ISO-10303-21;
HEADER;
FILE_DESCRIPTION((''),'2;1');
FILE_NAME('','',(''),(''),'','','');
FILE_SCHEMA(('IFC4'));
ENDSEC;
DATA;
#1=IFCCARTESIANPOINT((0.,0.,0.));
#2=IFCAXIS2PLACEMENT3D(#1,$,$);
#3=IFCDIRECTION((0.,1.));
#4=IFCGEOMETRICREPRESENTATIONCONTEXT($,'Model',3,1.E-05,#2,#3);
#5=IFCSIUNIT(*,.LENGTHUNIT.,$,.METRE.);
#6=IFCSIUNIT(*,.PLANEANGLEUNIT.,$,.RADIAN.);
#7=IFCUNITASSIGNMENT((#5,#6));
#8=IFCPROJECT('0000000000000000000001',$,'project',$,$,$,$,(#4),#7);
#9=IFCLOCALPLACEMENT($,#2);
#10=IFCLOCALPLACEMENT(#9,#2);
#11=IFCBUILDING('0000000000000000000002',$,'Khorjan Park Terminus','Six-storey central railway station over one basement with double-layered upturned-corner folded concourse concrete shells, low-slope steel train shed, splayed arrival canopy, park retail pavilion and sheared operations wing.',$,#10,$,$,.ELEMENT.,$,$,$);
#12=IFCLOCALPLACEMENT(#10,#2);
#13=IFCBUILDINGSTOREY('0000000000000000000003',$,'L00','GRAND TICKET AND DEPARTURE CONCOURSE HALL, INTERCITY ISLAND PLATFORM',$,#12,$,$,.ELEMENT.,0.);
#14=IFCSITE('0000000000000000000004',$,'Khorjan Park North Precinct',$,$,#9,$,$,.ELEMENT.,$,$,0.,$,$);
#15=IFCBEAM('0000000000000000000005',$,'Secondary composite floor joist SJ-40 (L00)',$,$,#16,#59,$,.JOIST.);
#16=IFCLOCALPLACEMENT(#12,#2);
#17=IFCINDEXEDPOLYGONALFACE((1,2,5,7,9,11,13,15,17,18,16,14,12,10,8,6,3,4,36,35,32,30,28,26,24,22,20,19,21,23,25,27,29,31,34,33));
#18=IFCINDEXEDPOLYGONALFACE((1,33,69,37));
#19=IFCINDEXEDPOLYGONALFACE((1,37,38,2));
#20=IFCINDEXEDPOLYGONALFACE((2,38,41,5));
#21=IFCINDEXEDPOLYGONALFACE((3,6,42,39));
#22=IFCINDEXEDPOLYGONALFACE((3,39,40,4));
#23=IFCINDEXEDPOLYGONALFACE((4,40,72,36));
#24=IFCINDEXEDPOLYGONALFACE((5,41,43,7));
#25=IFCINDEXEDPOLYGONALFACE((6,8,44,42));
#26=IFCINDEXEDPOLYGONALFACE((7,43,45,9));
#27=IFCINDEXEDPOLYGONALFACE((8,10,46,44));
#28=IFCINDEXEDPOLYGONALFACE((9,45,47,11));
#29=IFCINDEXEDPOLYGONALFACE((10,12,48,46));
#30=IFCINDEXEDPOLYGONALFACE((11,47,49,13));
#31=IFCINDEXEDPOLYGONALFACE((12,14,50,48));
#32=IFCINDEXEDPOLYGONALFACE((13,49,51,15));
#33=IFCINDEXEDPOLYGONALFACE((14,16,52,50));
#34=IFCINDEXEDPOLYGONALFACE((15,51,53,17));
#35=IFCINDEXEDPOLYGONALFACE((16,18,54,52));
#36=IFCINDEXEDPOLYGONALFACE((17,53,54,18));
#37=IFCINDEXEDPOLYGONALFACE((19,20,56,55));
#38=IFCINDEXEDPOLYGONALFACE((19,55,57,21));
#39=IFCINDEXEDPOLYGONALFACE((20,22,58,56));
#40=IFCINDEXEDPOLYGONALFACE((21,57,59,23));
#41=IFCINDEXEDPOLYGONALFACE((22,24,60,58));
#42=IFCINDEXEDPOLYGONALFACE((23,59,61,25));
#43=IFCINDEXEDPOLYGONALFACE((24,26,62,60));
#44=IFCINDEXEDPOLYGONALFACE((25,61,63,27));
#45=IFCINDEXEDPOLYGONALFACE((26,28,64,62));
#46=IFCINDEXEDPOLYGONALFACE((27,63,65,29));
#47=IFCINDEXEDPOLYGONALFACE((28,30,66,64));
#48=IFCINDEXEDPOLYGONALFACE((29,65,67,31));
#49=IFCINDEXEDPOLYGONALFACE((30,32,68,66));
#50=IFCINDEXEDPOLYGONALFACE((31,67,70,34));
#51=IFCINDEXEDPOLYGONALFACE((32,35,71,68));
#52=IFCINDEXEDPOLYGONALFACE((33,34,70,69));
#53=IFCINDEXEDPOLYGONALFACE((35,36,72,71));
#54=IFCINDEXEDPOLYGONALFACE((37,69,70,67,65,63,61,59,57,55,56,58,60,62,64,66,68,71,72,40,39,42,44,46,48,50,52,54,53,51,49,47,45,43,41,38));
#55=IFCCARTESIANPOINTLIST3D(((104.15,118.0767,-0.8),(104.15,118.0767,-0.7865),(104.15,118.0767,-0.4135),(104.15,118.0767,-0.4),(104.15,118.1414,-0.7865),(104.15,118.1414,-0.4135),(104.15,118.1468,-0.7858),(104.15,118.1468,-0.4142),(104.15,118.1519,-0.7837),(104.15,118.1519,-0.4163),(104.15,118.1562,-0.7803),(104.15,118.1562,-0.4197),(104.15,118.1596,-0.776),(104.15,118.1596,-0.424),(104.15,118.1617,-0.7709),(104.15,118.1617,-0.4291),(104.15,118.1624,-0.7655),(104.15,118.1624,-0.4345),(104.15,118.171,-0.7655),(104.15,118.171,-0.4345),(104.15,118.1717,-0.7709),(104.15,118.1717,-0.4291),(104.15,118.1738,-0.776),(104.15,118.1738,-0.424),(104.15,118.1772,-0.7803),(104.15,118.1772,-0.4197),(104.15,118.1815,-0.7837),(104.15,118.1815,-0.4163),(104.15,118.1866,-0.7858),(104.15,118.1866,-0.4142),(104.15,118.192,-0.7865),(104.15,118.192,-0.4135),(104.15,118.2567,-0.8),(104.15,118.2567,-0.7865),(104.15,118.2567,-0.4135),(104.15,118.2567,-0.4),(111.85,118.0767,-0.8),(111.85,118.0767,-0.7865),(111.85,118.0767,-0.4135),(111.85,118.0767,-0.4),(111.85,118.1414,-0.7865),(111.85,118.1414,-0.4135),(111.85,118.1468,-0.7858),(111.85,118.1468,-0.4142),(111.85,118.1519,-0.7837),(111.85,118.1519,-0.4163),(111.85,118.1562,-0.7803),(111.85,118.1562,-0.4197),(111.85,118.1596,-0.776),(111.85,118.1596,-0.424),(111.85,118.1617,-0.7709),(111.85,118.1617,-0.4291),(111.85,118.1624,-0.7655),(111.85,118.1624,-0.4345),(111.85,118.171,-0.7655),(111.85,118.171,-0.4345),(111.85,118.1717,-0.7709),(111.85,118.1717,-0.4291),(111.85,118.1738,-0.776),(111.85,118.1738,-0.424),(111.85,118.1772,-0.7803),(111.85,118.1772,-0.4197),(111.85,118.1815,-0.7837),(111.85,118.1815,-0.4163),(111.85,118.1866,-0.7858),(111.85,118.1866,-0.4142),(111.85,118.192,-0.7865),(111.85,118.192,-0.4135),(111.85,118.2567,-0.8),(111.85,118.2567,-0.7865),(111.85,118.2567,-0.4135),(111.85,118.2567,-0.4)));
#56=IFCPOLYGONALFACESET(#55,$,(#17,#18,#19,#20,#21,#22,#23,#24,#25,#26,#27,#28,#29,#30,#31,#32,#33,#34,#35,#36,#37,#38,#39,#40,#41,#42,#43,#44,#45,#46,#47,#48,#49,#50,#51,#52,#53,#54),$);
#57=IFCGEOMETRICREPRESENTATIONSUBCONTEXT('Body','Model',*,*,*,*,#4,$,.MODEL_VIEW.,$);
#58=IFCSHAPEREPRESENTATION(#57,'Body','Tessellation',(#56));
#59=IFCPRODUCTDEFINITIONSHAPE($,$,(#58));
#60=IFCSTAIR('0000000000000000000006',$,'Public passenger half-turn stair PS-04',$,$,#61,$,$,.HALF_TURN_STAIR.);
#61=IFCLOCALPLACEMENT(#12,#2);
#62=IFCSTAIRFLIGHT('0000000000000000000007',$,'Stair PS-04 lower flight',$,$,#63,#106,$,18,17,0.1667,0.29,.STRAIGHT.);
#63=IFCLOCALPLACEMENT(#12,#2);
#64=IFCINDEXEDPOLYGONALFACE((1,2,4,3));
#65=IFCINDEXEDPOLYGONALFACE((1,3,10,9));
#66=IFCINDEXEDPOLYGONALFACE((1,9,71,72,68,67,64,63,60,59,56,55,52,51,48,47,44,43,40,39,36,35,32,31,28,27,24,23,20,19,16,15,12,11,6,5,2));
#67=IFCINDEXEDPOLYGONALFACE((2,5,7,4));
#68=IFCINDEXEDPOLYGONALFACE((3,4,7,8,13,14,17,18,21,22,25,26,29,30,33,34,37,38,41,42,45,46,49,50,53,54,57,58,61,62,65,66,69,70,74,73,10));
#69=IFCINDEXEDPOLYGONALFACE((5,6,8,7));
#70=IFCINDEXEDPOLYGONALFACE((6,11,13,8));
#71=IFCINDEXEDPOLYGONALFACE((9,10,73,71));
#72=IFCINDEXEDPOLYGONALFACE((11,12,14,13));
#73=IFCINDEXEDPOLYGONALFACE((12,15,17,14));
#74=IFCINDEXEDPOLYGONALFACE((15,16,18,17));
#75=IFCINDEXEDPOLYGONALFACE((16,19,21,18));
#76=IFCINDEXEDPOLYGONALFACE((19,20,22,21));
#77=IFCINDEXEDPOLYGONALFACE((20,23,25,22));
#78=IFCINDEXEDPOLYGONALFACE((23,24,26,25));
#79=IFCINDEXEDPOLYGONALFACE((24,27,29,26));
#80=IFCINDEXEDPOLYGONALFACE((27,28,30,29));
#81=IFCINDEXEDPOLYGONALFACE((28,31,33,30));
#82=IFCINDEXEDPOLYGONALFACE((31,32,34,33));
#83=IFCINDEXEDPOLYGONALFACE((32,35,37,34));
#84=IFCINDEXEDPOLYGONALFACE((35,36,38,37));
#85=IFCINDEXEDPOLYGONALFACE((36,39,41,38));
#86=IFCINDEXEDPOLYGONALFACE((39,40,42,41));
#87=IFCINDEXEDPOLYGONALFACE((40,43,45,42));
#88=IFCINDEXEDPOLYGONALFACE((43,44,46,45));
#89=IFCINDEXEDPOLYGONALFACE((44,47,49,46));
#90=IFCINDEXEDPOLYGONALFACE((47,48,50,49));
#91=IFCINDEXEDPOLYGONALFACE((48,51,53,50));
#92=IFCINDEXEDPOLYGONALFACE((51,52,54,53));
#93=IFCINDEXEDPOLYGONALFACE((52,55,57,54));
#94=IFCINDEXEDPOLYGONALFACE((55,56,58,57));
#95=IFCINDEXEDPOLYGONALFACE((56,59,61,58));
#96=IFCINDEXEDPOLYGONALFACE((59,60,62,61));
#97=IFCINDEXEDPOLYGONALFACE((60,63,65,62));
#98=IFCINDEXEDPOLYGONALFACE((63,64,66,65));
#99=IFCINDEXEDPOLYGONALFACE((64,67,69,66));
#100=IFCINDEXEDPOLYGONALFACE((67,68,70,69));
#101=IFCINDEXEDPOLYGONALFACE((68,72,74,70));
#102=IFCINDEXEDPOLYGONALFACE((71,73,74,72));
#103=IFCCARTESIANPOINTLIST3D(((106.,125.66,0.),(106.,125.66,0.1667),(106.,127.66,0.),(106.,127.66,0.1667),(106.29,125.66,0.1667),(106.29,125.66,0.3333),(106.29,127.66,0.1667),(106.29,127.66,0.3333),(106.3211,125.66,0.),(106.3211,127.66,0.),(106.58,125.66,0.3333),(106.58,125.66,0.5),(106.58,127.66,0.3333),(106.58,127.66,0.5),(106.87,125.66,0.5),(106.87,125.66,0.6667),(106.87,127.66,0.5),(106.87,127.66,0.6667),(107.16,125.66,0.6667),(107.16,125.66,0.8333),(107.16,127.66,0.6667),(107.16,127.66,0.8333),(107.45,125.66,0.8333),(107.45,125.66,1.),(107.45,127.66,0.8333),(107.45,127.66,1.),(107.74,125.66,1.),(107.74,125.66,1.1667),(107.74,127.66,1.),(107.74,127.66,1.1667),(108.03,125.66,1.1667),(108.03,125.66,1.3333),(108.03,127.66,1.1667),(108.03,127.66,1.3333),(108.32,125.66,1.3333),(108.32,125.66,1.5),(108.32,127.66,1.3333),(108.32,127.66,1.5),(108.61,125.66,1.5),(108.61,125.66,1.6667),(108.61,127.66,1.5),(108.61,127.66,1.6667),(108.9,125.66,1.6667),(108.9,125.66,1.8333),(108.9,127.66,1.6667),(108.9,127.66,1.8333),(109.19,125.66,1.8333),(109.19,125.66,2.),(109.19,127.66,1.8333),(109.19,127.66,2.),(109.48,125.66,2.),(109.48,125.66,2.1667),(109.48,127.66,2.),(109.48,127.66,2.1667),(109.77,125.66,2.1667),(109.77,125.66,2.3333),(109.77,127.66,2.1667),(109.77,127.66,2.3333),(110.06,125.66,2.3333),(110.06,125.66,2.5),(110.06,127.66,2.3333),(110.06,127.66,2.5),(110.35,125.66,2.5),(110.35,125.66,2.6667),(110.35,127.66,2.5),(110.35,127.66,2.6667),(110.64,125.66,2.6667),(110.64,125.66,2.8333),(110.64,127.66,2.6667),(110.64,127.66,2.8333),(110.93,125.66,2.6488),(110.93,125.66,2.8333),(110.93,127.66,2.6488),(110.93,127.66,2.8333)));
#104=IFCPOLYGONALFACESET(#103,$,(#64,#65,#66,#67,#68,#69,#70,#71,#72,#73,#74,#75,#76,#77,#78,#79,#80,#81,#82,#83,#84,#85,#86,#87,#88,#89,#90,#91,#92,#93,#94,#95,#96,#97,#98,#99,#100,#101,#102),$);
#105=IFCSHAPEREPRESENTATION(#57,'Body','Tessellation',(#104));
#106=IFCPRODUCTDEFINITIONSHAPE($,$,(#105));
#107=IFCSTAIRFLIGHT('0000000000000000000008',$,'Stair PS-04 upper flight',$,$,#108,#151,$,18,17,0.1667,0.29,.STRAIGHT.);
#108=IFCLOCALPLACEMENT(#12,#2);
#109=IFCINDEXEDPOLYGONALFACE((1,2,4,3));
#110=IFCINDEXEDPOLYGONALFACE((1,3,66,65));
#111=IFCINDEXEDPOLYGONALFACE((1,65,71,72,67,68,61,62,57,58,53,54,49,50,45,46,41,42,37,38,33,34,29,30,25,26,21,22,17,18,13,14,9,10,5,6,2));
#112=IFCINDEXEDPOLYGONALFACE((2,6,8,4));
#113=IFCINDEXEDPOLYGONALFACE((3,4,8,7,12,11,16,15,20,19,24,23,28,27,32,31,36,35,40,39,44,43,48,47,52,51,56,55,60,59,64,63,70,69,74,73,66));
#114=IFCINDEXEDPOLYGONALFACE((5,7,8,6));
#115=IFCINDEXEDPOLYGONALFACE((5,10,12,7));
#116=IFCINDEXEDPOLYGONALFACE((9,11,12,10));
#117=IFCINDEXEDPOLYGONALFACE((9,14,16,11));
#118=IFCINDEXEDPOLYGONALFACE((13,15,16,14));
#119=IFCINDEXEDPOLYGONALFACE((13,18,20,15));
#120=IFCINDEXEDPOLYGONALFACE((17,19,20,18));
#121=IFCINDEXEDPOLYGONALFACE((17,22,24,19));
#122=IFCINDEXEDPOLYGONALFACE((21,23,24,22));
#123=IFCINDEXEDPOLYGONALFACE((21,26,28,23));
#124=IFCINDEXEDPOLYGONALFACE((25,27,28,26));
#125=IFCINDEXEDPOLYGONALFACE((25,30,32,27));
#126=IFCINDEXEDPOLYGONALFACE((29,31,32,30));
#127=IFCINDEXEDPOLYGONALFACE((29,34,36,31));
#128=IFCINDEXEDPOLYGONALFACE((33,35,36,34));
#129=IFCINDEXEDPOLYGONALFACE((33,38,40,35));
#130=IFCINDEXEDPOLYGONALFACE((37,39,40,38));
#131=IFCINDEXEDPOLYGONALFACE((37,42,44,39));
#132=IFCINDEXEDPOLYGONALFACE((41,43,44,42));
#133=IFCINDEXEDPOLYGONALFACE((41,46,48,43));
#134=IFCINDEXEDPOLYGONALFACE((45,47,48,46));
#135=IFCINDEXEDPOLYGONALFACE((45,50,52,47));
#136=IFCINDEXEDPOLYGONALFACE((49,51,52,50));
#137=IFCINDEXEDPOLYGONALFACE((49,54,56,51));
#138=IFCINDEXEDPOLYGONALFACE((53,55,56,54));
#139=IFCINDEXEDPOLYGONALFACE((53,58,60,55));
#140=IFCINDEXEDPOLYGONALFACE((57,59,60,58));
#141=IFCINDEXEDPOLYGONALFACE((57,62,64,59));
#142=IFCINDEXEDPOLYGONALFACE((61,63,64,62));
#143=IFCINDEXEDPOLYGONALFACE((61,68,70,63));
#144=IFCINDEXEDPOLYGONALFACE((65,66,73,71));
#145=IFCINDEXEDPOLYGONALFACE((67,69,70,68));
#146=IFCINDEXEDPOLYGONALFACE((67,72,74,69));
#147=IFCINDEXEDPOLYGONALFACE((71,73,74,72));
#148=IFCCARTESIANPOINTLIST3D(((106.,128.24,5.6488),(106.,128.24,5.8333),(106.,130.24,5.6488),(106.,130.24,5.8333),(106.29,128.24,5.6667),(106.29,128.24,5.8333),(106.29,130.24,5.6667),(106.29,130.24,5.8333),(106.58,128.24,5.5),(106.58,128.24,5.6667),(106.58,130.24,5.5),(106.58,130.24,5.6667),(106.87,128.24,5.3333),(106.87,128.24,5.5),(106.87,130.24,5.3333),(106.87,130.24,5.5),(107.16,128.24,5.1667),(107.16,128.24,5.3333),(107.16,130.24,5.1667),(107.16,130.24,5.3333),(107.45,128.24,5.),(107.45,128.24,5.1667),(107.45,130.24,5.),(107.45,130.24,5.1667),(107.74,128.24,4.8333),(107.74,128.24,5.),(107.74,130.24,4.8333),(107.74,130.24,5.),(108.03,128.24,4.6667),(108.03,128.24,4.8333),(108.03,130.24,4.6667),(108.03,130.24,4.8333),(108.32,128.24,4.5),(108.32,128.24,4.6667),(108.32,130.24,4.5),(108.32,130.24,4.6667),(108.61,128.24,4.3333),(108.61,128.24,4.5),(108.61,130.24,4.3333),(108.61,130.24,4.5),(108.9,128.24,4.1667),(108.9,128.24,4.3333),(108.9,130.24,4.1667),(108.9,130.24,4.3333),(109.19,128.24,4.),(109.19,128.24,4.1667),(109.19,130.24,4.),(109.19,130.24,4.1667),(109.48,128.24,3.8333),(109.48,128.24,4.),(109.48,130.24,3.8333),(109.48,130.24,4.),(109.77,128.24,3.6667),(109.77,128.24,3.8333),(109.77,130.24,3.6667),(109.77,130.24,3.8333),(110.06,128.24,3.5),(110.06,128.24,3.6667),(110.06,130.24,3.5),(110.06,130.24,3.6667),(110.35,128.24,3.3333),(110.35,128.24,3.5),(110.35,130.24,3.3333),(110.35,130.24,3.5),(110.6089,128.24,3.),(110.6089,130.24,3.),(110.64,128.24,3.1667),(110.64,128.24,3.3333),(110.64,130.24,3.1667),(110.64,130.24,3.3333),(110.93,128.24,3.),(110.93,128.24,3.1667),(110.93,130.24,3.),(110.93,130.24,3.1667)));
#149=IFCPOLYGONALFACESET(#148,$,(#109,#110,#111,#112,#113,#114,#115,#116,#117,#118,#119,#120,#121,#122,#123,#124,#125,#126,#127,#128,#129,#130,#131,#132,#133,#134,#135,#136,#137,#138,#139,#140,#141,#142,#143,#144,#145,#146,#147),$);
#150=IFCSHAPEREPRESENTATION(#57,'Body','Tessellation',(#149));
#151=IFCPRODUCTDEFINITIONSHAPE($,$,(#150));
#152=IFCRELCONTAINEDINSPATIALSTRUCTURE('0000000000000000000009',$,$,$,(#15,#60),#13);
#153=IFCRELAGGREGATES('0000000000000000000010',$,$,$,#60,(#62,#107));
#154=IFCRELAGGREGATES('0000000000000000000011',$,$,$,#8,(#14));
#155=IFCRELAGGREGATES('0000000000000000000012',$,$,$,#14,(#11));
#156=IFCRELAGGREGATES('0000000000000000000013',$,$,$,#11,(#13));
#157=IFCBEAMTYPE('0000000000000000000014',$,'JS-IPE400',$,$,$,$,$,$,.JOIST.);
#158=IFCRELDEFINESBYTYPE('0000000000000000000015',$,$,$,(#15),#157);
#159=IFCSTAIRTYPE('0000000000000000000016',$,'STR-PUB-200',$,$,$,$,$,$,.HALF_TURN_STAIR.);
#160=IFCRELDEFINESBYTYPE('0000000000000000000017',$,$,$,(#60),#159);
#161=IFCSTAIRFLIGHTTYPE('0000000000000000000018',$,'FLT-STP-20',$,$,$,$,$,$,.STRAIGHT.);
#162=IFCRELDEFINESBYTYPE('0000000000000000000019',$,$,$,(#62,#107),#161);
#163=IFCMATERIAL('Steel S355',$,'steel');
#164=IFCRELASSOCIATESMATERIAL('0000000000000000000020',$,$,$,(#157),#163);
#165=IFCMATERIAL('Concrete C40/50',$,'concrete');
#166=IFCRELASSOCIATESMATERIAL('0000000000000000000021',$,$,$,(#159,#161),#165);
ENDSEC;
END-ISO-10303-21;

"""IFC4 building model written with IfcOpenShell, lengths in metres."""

from ifc_helpers import new_model, si_unit, direction, frame, origin, origin_2d, place, context, subcontext, project, spatial, polyline, i_section, outline, extrude, material, material_profile, profile_set, type_object, element, aggregate, save


model = new_model("IFC4")

# Units and contexts
model_context = context("Model", 3, precision=1e-05, world=origin(), true_north=direction((0.0, 1.0)))
body_context = subcontext(model_context, "Body", "Model", "MODEL_VIEW")
ifc_project = project(units=[si_unit("LENGTHUNIT", "METRE"), si_unit("PLANEANGLEUNIT", "RADIAN")], contexts=[model_context])

# Site, building, storey
site_placement = place(None, origin())
site = spatial("IfcSite", under=ifc_project, at=site_placement, Name="Khorjan Park North Precinct", CompositionType="ELEMENT", RefElevation=0.0)
building_placement = place(site_placement, origin())
building = spatial("IfcBuilding", under=site, at=building_placement, Name="Khorjan Park Terminus", Description="Six-storey central railway station over one basement with double-layered upturned-corner folded concourse concrete shells, low-slope steel train shed, splayed arrival canopy, park retail pavilion and sheared operations wing.", CompositionType="ELEMENT")
storey_placement = place(building_placement, origin())
storey = spatial("IfcBuildingStorey", under=building, at=storey_placement, Name="L00", Description="GRAND TICKET AND DEPARTURE CONCOURSE HALL, INTERCITY ISLAND PLATFORM", CompositionType="ELEMENT", Elevation=0.0)

# Beam
ifc_material_1 = material(Name="Steel S355", Category="steel")
ifc_material_profile_1 = material_profile(ifc_material_1, i_section(OverallWidth=0.18, OverallDepth=0.4, WebThickness=0.0086, FlangeThickness=0.0135, FilletRadius=0.021, at=origin_2d()), Name="IPE 400")
ifc_profile_set_1 = profile_set([ifc_material_profile_1], Name="Steel S355")
beam_type_1 = type_object("IfcBeamType", Name="JS-IPE400", PredefinedType="JOIST", material=ifc_profile_set_1)
beam_1_placement = place(storey_placement, frame((104.15, 118.1667, -0.6), z_axis=(1.0, 0.0, 0.0), x_axis=(0.0, 1.0, 0.0)))
element("IfcBeam", 1, at=beam_1_placement, inside=storey, type_object=beam_type_1, Name="Secondary composite floor joist SJ-40 (L00)", PredefinedType="JOIST", context=body_context, shape_type="SweptSolid", body=[
    extrude(i_section(OverallWidth=0.18, OverallDepth=0.4, WebThickness=0.0086, FlangeThickness=0.0135, FilletRadius=0.021, at=origin_2d()), origin(), (0.0, 0.0, 1.0), 7.7),
])

# Stair, stair flights
ifc_material_2 = material(Name="Concrete C40/50", Category="concrete")
stair_type = type_object("IfcStairType", Name="STR-PUB-200", PredefinedType="HALF_TURN_STAIR", material=ifc_material_2)
stair_1_placement = place(storey_placement, origin())
stair_1 = element("IfcStair", 2, at=stair_1_placement, inside=storey, type_object=stair_type, Name="Public passenger half-turn stair PS-04", PredefinedType="HALF_TURN_STAIR")
stair_flight_type = type_object("IfcStairFlightType", Name="FLT-STP-20", PredefinedType="STRAIGHT", material=ifc_material_2)
stair_flight_1_placement = place(storey_placement, frame((106.0, 126.66, 0.0), z_axis=(0.0, 0.0, 1.0), x_axis=(1.0, 0.0, 0.0)))
stair_flight_1 = element("IfcStairFlight", 3, at=stair_flight_1_placement, type_object=stair_flight_type, Name="Stair PS-04 lower flight", NumberOfRisers=18, NumberOfTreads=17, PredefinedType="STRAIGHT", RiserHeight=0.1667, TreadLength=0.29, context=body_context, shape_type="SweptSolid", body=[
    extrude(outline(polyline([(0.0, 0.0), (0.0, 0.1667), (0.29, 0.1667), (0.29, 0.3333), (0.58, 0.3333), (0.58, 0.5), (0.87, 0.5), (0.87, 0.6667), (1.16, 0.6667), (1.16, 0.8333), (1.45, 0.8333), (1.45, 1.0), (1.74, 1.0), (1.74, 1.1667), (2.03, 1.1667), (2.03, 1.3333), (2.32, 1.3333), (2.32, 1.5), (2.61, 1.5), (2.61, 1.6667), (2.9, 1.6667), (2.9, 1.8333), (3.19, 1.8333), (3.19, 2.0), (3.48, 2.0), (3.48, 2.1667), (3.77, 2.1667), (3.77, 2.3333), (4.06, 2.3333), (4.06, 2.5), (4.35, 2.5), (4.35, 2.6667), (4.64, 2.6667), (4.64, 2.8333), (4.93, 2.8333), (4.93, 3.0), (4.93, 2.6488), (0.3211, 0.0), (0.0, 0.0)])), frame((0.0, 1.0, 0.0), z_axis=(0.0, -1.0, 0.0), x_axis=(1.0, 0.0, 0.0)), (0.0, 0.0, 1.0), 2.0),
])
stair_flight_2_placement = place(storey_placement, frame((110.93, 129.24, 3.0), z_axis=(0.0, 0.0, 1.0), x_axis=(-1.0, 0.0, 0.0)))
stair_flight_2 = element("IfcStairFlight", 4, at=stair_flight_2_placement, type_object=stair_flight_type, Name="Stair PS-04 upper flight", NumberOfRisers=18, NumberOfTreads=17, PredefinedType="STRAIGHT", RiserHeight=0.1667, TreadLength=0.29, context=body_context, shape_type="SweptSolid", body=[
    extrude(outline(polyline([(0.0, 0.0), (0.0, 0.1667), (0.29, 0.1667), (0.29, 0.3333), (0.58, 0.3333), (0.58, 0.5), (0.87, 0.5), (0.87, 0.6667), (1.16, 0.6667), (1.16, 0.8333), (1.45, 0.8333), (1.45, 1.0), (1.74, 1.0), (1.74, 1.1667), (2.03, 1.1667), (2.03, 1.3333), (2.32, 1.3333), (2.32, 1.5), (2.61, 1.5), (2.61, 1.6667), (2.9, 1.6667), (2.9, 1.8333), (3.19, 1.8333), (3.19, 2.0), (3.48, 2.0), (3.48, 2.1667), (3.77, 2.1667), (3.77, 2.3333), (4.06, 2.3333), (4.06, 2.5), (4.35, 2.5), (4.35, 2.6667), (4.64, 2.6667), (4.64, 2.8333), (4.93, 2.8333), (4.93, 3.0), (4.93, 2.6488), (0.3211, 0.0), (0.0, 0.0)])), frame((0.0, 1.0, 0.0), z_axis=(0.0, -1.0, 0.0), x_axis=(1.0, 0.0, 0.0)), (0.0, 0.0, 1.0), 2.0),
])

aggregate(stair_1, [stair_flight_1, stair_flight_2])

save(model, "model.ifc")
